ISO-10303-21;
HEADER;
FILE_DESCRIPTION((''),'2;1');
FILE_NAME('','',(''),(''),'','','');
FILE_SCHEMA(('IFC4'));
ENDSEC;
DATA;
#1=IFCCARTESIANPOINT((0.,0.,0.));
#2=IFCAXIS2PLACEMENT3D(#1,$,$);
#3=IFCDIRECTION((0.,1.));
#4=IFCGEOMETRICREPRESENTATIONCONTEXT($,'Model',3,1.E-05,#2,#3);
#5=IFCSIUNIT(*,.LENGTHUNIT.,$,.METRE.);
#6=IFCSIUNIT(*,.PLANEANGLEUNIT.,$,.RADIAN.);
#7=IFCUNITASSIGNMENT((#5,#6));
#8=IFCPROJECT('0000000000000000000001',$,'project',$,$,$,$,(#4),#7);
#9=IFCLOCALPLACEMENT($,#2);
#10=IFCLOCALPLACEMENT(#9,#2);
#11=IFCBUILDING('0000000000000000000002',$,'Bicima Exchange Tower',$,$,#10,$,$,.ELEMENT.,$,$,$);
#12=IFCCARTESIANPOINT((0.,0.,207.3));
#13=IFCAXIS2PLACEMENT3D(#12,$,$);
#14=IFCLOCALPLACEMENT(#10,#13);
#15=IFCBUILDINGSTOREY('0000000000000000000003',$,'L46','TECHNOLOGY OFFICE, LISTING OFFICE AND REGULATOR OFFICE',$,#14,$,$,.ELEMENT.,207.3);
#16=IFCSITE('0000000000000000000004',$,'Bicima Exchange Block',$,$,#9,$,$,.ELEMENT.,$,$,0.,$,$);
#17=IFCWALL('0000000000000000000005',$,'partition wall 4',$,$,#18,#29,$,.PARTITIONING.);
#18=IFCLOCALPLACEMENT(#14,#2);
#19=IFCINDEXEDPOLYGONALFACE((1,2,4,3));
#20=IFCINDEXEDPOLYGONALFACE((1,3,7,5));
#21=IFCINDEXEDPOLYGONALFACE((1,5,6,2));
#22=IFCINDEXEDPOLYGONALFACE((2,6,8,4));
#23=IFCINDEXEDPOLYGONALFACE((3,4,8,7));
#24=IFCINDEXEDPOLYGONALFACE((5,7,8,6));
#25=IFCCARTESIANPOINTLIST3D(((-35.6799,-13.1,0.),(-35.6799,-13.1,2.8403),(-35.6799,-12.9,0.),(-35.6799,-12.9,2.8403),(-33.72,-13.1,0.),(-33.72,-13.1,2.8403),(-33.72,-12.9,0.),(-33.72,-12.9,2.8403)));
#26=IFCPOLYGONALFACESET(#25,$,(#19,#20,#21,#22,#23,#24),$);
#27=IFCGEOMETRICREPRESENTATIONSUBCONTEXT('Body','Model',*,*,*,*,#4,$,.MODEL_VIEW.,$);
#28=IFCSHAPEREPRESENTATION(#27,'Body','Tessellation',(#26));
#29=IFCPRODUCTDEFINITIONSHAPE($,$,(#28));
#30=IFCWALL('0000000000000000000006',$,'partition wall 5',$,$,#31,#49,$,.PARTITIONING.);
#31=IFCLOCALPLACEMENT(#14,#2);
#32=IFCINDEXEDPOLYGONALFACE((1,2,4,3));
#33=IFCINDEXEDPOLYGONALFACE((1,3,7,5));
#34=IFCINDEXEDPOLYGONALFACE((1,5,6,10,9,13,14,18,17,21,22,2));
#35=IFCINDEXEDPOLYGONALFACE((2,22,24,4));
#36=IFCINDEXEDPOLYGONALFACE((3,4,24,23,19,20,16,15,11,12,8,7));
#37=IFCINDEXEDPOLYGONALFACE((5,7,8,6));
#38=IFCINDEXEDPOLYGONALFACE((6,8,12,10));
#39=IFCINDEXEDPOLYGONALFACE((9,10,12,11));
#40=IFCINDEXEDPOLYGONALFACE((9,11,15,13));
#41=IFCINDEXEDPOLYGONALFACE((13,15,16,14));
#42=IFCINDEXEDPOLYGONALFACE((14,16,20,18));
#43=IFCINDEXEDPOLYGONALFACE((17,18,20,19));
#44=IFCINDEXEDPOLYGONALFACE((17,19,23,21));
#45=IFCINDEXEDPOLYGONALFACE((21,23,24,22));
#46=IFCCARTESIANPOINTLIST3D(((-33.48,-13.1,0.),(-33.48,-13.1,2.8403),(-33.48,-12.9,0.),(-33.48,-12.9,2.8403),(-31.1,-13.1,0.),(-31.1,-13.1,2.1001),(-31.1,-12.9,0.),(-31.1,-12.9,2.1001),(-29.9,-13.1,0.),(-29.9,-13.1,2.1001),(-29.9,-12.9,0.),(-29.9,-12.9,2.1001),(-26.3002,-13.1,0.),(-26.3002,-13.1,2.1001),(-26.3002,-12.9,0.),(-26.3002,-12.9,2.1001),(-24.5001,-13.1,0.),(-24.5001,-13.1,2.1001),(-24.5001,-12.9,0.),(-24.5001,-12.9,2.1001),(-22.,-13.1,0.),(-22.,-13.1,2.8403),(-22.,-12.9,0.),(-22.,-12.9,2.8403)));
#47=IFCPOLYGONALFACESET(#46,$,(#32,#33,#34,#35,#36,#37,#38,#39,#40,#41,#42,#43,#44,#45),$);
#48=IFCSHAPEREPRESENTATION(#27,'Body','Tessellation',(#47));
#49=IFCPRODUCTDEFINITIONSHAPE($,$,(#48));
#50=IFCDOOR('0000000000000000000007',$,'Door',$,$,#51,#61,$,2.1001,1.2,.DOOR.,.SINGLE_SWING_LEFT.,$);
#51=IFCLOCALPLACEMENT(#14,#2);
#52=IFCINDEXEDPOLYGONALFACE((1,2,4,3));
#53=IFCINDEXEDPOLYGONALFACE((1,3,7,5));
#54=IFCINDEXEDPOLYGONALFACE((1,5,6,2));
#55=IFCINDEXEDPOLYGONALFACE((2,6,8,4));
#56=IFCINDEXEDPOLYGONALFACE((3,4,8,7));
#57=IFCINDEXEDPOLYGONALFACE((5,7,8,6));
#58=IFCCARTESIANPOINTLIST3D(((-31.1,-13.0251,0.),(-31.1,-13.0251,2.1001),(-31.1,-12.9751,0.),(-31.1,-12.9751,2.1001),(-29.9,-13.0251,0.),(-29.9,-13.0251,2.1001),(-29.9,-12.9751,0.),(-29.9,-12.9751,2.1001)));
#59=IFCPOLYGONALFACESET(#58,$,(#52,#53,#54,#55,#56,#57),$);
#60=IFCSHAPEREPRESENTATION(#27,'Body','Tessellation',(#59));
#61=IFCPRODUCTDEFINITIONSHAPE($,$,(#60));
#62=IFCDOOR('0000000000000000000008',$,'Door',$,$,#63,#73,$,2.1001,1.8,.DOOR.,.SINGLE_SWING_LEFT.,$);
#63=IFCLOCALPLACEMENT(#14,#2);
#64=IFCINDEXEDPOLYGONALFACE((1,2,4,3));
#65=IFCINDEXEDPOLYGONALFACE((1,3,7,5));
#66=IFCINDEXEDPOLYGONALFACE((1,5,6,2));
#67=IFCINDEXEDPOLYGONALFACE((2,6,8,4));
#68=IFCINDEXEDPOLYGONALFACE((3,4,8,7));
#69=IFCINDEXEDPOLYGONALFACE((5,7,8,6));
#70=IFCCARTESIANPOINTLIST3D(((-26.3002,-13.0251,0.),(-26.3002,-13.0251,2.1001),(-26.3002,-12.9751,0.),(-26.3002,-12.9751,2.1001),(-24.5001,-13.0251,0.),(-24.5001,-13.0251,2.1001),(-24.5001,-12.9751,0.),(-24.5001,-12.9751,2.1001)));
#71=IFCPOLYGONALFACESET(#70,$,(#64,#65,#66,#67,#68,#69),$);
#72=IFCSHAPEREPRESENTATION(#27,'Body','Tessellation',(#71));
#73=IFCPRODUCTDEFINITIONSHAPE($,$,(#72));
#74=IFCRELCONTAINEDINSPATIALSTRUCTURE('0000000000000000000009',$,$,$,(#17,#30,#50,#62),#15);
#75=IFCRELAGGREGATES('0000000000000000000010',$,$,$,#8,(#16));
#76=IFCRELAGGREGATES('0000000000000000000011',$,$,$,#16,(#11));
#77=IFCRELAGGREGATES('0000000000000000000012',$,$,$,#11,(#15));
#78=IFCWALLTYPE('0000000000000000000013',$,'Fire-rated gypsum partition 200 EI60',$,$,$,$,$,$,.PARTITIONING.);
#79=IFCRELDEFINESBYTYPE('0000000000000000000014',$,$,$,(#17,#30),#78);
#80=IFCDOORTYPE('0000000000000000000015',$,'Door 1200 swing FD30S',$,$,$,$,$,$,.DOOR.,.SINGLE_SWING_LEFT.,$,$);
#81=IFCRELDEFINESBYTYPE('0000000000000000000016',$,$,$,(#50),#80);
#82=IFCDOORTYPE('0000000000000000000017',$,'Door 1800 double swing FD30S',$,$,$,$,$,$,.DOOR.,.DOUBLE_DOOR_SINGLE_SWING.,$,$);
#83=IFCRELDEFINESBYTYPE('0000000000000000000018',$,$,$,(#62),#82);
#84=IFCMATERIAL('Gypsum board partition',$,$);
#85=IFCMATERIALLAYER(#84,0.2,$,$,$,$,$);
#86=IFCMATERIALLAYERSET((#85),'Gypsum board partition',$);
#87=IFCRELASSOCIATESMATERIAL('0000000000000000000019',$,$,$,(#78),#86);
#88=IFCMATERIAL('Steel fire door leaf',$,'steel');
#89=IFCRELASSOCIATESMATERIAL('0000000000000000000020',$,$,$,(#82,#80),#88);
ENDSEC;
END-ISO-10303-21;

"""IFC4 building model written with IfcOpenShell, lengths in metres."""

from ifc_helpers import new_model, si_unit, direction, frame, frame_2d, origin, place, context, subcontext, project, spatial, rectangle, extrude, material, layer, layer_set, type_object, element, fill, save


model = new_model("IFC4")

# Units and contexts
model_context = context("Model", 3, precision=1e-05, world=origin(), true_north=direction((0.0, 1.0)))
body_context = subcontext(model_context, "Body", "Model", "MODEL_VIEW")
ifc_project = project(units=[si_unit("LENGTHUNIT", "METRE"), si_unit("PLANEANGLEUNIT", "RADIAN")], contexts=[model_context])

# Site, building, storey
site_placement = place(None, origin())
site = spatial("IfcSite", under=ifc_project, at=site_placement, Name="Bicima Exchange Block", CompositionType="ELEMENT", RefElevation=0.0)
building_placement = place(site_placement, origin())
building = spatial("IfcBuilding", under=site, at=building_placement, Name="Bicima Exchange Tower", CompositionType="ELEMENT")
storey_placement = place(building_placement, frame((0.0, 0.0, 207.3)))
storey = spatial("IfcBuildingStorey", under=building, at=storey_placement, Name="L46", Description="TECHNOLOGY OFFICE, LISTING OFFICE AND REGULATOR OFFICE", CompositionType="ELEMENT", Elevation=207.3)

# Shared definitions
ifc_material_1 = material(Name="Gypsum board partition")
ifc_layer_1 = layer(ifc_material_1, 0.2)
ifc_layer_set_1 = layer_set([ifc_layer_1], Name="Gypsum board partition")
wall_type = type_object("IfcWallType", Name="Fire-rated gypsum partition 200 EI60", PredefinedType="PARTITIONING", material=ifc_layer_set_1)
ifc_material_2 = material(Name="Steel fire door leaf", Category="steel")
door_type_1 = type_object("IfcDoorType", Name="Door 1800 double swing FD30S", OperationType="DOUBLE_DOOR_SINGLE_SWING", PredefinedType="DOOR", material=ifc_material_2)

# Wall
wall_1_placement = place(storey_placement, frame((-35.6799, -13.0, 0.0), z_axis=(0.0, 0.0, 1.0), x_axis=(1.0, 0.0, 0.0)))
element("IfcWall", 1, at=wall_1_placement, inside=storey, type_object=wall_type, Name="partition wall 4", PredefinedType="PARTITIONING", context=body_context, shape_type="SweptSolid", body=[
    extrude(rectangle(XDim=1.96, YDim=0.2, at=frame_2d((0.98, 0.0))), origin(), (0.0, 0.0, 1.0), 2.8403),
])

# Wall, openings, doors
wall_2_placement = place(storey_placement, frame((-33.48, -13.0, 0.0), z_axis=(0.0, 0.0, 1.0), x_axis=(1.0, 0.0, 0.0)))
wall_2 = element("IfcWall", 2, at=wall_2_placement, inside=storey, type_object=wall_type, Name="partition wall 5", PredefinedType="PARTITIONING", context=body_context, shape_type="SweptSolid", body=[
    extrude(rectangle(XDim=11.48, YDim=0.2, at=frame_2d((5.74, 0.0))), origin(), (0.0, 0.0, 1.0), 2.8403),
])
opening_1_placement = place(wall_2_placement, frame((2.3799, 0.0, 0.0)))
opening_1 = element("IfcOpeningElement", 3, at=opening_1_placement, cuts=wall_2, PredefinedType="OPENING", context=body_context, shape_type="SweptSolid", body=[
    extrude(rectangle(XDim=1.2, YDim=2.1001, at=frame_2d((0.6001, 1.05))), frame((0.0, 0.1118, 0.0), z_axis=(0.0, -1.0, 0.0), x_axis=(1.0, 0.0, 0.0)), (0.0, 0.0, 1.0), 0.2239),
])
opening_2_placement = place(wall_2_placement, frame((7.1799, 0.0, 0.0)))
opening_2 = element("IfcOpeningElement", 4, at=opening_2_placement, cuts=wall_2, PredefinedType="OPENING", context=body_context, shape_type="SweptSolid", body=[
    extrude(rectangle(XDim=1.8, YDim=2.1001, at=frame_2d((0.8999, 1.05))), frame((0.0, 0.1118, 0.0), z_axis=(0.0, -1.0, 0.0), x_axis=(1.0, 0.0, 0.0)), (0.0, 0.0, 1.0), 0.2239),
])
door_type_2 = type_object("IfcDoorType", Name="Door 1200 swing FD30S", OperationType="SINGLE_SWING_LEFT", PredefinedType="DOOR", material=ifc_material_2)
door_1_placement = place(opening_1_placement, origin())
door_1 = element("IfcDoor", 5, at=door_1_placement, inside=storey, type_object=door_type_2, Name="Door", OperationType="SINGLE_SWING_LEFT", OverallHeight=2.1001, OverallWidth=1.2, PredefinedType="DOOR", context=body_context, shape_type="SweptSolid", body=[
    extrude(rectangle(XDim=1.2, YDim=2.1001, at=frame_2d((0.6001, 1.05))), frame((0.0, 0.0249, 0.0), z_axis=(0.0, -1.0, 0.0), x_axis=(1.0, 0.0, 0.0)), (0.0, 0.0, 1.0), 0.05),
])
fill(opening_1, door_1)
door_2_placement = place(opening_2_placement, origin())
door_2 = element("IfcDoor", 6, at=door_2_placement, inside=storey, type_object=door_type_1, Name="Door", OperationType="SINGLE_SWING_LEFT", OverallHeight=2.1001, OverallWidth=1.8, PredefinedType="DOOR", context=body_context, shape_type="SweptSolid", body=[
    extrude(rectangle(XDim=1.8, YDim=2.1001, at=frame_2d((0.8999, 1.05))), frame((0.0, 0.0249, 0.0), z_axis=(0.0, -1.0, 0.0), x_axis=(1.0, 0.0, 0.0)), (0.0, 0.0, 1.0), 0.05),
])
fill(opening_2, door_2)

save(model, "model.ifc")
